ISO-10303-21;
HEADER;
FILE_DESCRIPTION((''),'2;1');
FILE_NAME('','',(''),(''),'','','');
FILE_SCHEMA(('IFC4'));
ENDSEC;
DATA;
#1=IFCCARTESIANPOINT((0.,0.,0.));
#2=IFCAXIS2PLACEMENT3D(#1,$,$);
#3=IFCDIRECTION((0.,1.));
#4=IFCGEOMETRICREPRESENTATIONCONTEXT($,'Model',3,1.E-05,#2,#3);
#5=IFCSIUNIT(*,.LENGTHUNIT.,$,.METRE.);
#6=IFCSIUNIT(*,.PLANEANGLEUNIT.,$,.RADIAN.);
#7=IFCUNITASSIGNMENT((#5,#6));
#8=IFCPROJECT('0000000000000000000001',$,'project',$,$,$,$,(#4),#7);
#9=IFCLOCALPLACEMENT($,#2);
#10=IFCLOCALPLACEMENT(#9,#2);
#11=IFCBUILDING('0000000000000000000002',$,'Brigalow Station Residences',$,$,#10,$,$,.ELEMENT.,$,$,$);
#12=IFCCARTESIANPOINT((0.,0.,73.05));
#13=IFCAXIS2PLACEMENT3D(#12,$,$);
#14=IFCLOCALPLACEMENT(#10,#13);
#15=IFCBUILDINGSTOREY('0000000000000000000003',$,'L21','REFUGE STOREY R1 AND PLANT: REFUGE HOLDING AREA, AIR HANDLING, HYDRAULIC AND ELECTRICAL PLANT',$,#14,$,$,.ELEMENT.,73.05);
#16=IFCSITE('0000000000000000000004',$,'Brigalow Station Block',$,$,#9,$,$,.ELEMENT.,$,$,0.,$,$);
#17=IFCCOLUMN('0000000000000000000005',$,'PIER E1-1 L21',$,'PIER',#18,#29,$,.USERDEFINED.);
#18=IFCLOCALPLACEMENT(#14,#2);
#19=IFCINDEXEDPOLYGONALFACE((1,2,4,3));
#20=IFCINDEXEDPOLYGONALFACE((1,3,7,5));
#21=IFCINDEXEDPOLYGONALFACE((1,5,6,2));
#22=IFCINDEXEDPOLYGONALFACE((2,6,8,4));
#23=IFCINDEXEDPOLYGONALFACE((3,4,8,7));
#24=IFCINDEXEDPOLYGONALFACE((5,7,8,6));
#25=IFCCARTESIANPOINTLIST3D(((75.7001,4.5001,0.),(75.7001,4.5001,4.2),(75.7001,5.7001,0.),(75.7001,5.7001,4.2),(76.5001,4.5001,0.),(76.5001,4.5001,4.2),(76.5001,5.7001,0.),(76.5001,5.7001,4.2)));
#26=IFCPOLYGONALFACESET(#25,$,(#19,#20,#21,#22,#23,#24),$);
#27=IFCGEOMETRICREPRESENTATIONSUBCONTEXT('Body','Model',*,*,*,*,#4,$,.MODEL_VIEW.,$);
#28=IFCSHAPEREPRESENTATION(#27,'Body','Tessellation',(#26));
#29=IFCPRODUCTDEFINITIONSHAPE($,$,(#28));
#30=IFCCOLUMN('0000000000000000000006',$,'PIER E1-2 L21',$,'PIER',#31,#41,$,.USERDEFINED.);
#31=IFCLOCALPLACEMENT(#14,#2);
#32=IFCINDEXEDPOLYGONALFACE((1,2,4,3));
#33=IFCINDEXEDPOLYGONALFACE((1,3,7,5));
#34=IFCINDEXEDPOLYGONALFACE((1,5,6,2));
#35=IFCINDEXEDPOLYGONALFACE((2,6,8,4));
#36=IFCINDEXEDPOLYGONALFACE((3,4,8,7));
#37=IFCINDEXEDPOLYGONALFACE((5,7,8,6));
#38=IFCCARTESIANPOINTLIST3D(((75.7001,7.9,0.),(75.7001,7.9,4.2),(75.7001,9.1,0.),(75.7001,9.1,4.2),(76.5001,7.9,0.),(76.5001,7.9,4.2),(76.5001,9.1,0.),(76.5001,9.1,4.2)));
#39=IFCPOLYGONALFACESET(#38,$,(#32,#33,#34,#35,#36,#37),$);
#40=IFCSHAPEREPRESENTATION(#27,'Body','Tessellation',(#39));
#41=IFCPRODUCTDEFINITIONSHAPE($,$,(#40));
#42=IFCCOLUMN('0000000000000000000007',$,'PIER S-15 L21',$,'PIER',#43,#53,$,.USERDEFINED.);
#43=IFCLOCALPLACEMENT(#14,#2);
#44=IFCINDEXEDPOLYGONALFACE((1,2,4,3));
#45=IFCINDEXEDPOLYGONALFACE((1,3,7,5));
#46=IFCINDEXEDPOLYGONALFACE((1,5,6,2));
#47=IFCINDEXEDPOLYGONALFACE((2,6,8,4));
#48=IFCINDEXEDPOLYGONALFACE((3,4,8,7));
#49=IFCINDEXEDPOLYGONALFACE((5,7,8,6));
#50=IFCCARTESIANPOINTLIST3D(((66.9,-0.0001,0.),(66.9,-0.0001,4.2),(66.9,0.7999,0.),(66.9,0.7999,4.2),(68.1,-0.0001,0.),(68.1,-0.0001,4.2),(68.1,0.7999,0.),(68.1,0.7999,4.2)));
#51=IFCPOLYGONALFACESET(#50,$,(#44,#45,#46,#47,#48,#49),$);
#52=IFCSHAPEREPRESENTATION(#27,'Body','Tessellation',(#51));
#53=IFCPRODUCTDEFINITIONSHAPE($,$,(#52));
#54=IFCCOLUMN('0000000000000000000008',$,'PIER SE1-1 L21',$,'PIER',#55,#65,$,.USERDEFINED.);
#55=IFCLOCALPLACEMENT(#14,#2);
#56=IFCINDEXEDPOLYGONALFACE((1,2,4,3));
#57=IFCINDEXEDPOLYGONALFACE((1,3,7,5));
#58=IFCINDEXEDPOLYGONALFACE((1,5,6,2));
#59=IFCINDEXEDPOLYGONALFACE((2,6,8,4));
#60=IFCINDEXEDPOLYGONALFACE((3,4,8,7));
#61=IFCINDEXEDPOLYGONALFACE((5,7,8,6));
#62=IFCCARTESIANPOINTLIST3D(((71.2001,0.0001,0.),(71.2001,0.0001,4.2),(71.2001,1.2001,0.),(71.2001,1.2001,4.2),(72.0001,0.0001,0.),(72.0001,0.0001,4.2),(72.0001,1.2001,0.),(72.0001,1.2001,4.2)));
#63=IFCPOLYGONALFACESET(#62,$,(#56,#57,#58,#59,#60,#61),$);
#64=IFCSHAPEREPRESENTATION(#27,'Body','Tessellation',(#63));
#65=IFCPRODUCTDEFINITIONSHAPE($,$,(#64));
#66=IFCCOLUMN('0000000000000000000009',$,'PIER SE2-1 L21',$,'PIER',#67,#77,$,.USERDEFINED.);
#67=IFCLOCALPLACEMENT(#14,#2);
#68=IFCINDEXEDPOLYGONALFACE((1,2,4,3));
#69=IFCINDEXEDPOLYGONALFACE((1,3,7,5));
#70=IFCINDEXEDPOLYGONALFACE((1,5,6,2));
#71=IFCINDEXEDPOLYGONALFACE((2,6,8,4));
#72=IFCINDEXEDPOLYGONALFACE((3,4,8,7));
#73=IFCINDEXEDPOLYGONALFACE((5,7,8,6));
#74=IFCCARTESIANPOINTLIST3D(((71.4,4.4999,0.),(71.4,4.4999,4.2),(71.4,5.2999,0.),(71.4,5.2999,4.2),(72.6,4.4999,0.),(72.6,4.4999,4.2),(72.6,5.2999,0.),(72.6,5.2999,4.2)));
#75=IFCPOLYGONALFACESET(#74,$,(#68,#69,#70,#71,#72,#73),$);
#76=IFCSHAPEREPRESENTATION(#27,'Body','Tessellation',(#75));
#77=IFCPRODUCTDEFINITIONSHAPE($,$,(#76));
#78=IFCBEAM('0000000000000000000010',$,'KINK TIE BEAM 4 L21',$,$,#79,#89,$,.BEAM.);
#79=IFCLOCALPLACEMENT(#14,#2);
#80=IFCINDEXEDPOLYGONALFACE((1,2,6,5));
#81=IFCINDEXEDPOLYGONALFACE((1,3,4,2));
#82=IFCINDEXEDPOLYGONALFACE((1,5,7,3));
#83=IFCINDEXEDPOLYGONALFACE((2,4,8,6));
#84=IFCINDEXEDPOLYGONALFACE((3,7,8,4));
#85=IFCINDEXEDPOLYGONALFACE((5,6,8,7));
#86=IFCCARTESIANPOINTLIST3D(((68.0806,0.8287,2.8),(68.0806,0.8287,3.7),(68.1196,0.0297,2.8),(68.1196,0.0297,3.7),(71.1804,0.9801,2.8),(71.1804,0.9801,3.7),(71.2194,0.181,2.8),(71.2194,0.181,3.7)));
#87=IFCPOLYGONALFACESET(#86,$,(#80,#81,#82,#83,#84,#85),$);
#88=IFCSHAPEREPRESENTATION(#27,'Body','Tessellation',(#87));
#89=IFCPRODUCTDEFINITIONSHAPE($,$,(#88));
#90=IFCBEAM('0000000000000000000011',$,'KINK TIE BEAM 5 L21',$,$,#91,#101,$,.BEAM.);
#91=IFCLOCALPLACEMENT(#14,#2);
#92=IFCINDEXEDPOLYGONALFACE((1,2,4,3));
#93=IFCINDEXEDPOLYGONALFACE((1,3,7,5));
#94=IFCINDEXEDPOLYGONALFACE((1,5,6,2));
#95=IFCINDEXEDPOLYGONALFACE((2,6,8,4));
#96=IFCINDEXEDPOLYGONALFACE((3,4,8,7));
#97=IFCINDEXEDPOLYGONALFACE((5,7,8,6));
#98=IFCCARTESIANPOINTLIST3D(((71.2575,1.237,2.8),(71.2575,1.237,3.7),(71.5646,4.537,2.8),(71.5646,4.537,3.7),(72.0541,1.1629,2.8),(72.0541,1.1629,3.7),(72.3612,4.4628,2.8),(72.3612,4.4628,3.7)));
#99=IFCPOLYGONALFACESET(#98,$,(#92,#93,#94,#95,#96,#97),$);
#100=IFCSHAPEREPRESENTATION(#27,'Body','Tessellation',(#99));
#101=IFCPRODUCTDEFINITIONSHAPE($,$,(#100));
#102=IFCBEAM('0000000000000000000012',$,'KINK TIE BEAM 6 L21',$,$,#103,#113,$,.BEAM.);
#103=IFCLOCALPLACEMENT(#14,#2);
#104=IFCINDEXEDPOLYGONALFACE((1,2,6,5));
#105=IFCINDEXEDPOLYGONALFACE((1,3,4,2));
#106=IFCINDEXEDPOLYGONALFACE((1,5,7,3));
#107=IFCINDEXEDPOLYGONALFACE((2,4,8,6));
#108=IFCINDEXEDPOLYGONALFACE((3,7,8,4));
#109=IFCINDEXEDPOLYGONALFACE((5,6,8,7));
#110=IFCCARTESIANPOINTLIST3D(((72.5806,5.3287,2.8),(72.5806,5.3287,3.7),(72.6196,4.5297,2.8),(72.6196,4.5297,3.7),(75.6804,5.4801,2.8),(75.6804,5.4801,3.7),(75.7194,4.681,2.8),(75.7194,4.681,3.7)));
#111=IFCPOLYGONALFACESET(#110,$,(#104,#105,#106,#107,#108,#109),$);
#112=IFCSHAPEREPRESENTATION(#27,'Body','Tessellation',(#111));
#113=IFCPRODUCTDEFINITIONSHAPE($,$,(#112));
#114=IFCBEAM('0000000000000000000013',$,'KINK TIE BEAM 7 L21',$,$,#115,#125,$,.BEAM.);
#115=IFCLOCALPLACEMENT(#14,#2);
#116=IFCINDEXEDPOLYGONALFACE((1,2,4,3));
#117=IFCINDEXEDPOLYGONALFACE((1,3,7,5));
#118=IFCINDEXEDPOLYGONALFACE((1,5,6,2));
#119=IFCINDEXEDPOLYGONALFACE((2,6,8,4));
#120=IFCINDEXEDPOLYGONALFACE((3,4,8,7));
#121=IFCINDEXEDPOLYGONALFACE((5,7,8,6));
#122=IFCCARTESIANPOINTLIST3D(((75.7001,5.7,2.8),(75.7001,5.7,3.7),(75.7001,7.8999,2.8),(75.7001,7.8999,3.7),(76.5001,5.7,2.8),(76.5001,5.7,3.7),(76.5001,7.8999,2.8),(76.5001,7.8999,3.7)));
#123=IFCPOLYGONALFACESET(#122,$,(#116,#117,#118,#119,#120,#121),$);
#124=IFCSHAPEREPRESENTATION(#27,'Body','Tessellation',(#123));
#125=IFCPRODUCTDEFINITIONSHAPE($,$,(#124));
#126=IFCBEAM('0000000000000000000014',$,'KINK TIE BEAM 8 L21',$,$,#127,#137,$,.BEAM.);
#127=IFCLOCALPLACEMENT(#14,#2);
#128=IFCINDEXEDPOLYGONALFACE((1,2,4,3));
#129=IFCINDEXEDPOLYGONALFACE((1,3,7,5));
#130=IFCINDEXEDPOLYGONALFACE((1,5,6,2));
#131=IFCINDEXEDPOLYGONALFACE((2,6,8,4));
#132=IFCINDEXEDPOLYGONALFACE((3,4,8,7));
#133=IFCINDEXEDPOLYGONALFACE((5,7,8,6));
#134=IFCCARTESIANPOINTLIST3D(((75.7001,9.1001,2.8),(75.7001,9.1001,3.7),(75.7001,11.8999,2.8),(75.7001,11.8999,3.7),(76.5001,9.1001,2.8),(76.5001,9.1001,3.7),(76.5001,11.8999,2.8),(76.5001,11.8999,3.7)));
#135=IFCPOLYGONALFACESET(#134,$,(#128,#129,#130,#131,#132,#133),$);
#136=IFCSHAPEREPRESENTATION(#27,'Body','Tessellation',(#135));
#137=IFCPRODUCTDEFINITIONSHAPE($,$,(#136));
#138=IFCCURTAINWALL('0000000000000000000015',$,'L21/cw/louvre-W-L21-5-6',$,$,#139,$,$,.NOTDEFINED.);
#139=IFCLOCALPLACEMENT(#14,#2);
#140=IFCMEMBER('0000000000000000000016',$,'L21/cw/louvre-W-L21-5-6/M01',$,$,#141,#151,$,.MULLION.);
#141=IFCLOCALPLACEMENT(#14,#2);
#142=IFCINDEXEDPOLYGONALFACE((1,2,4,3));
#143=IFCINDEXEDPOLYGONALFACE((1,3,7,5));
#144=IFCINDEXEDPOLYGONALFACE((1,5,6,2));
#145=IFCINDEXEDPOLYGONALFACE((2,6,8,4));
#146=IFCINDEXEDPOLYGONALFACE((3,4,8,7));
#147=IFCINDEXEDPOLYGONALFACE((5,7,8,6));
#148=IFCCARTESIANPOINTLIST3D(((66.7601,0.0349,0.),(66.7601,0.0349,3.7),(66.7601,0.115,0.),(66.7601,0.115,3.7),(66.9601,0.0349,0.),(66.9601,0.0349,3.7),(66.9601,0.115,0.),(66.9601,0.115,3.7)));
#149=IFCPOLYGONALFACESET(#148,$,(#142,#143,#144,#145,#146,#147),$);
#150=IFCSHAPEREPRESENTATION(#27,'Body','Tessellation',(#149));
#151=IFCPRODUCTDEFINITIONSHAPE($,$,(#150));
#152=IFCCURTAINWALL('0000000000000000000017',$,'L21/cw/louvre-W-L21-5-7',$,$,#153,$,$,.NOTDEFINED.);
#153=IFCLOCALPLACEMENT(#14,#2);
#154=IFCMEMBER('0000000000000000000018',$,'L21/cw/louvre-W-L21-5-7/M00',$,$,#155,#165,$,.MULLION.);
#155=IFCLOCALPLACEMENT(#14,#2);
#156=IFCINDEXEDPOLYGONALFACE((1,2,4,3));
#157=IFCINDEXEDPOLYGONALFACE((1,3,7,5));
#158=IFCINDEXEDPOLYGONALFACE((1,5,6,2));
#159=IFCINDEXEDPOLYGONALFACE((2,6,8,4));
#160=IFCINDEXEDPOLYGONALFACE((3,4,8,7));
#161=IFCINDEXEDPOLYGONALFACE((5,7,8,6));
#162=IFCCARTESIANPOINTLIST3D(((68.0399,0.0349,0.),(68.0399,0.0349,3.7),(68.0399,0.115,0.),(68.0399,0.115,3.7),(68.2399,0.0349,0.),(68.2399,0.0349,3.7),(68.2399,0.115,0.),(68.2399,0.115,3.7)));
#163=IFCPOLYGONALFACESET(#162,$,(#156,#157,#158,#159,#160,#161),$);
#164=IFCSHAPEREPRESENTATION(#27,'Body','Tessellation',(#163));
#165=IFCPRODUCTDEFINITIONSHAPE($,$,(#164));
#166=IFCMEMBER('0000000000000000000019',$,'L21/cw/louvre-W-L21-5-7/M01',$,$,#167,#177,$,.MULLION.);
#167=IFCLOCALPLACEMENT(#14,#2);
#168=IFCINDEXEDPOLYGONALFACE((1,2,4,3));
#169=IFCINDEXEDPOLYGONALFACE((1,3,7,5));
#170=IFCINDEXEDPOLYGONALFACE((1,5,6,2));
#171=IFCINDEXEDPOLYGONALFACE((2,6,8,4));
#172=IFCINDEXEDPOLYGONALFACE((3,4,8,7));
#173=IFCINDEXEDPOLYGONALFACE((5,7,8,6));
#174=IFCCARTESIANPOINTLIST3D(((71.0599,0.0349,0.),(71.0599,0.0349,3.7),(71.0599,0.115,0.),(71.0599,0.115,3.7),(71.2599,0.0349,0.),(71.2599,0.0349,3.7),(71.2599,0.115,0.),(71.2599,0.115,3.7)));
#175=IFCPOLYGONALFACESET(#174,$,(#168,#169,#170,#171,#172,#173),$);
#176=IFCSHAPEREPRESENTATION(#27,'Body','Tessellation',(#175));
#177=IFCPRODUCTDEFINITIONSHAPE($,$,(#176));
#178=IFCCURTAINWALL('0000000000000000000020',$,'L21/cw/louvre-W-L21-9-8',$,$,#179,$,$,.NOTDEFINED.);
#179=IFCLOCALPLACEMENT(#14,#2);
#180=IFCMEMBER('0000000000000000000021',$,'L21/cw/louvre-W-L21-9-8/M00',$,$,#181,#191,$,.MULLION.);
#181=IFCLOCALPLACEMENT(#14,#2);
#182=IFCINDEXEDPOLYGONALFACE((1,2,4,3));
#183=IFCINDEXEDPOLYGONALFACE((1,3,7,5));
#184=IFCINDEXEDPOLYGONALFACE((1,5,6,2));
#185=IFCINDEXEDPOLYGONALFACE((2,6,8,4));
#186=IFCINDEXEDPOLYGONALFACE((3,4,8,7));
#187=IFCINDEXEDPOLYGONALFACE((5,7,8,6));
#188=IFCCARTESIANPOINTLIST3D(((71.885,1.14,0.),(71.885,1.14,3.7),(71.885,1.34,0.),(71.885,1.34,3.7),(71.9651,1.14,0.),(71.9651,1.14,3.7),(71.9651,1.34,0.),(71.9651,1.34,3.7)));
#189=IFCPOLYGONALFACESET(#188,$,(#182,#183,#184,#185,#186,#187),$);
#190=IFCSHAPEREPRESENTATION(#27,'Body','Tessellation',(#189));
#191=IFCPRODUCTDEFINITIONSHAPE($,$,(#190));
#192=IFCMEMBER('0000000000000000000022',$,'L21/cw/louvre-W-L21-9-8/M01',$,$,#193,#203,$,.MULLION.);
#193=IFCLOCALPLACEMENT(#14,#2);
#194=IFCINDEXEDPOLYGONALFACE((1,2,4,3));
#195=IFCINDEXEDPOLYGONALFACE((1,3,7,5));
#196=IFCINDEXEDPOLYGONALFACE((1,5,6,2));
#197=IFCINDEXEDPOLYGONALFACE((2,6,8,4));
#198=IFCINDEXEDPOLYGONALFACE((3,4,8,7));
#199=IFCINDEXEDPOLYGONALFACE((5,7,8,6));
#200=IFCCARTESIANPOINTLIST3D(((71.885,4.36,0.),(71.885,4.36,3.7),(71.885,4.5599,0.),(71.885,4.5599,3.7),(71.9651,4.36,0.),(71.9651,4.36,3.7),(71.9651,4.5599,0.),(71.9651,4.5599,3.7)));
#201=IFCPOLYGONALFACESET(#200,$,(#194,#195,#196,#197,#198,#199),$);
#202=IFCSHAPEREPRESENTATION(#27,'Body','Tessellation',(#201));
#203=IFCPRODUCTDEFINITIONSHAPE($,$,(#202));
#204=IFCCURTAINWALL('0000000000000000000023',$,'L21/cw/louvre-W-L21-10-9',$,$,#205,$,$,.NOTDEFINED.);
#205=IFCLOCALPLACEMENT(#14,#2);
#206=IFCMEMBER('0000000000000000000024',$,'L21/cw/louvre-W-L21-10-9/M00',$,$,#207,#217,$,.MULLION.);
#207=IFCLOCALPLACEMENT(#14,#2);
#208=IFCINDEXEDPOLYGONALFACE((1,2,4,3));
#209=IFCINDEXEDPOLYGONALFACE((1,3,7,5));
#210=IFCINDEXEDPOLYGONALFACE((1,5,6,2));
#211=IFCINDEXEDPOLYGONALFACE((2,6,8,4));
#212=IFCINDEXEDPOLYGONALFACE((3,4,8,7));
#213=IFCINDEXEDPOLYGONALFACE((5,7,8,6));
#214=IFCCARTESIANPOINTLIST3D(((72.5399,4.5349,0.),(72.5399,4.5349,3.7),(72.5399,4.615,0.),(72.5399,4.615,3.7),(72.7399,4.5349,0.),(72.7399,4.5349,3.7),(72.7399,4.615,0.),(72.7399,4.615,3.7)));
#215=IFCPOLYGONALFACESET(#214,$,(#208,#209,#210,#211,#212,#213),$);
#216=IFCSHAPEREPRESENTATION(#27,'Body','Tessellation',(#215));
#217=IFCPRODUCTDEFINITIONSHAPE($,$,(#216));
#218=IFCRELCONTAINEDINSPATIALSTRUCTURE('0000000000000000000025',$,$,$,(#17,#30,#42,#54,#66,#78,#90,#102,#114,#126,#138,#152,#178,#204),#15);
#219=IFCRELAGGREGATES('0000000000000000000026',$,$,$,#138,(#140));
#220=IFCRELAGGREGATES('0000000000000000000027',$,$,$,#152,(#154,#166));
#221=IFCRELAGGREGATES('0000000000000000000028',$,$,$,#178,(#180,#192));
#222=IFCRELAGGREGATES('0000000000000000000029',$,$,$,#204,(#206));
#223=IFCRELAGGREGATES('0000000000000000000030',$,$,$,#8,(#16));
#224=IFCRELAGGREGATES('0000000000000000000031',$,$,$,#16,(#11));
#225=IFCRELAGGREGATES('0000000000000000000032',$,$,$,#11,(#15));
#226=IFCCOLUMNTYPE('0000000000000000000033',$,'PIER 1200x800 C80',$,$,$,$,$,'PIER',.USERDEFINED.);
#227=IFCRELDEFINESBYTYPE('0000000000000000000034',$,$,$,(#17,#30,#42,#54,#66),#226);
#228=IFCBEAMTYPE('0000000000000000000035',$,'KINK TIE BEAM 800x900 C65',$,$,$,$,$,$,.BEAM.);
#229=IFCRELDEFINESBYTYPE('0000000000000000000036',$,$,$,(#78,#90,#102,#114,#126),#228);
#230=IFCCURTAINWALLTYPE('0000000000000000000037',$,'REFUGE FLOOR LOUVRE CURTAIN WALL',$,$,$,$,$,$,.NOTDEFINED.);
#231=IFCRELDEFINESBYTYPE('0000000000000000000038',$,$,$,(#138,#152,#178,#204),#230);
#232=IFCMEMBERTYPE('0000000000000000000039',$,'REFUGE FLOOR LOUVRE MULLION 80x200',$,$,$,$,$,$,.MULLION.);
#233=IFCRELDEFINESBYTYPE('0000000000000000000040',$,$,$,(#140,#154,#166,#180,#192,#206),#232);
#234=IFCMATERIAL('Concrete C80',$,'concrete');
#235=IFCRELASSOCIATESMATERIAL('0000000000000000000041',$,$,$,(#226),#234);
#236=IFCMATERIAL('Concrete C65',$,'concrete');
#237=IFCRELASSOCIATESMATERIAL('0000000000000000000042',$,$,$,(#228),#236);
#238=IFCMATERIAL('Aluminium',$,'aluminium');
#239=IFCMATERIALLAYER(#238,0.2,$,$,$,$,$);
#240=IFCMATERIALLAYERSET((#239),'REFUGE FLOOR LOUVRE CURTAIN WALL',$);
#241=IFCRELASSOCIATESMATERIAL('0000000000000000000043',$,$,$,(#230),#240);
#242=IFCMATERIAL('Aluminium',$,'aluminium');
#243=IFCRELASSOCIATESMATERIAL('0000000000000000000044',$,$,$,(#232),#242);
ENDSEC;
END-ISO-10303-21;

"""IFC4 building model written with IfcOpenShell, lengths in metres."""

from ifc_helpers import new_model, si_unit, direction, frame, origin, origin_2d, place, context, subcontext, project, spatial, rectangle, extrude, material, layer, layer_set, material_profile, profile_set, type_object, element, aggregate, save


model = new_model("IFC4")

# Units and contexts
model_context = context("Model", 3, precision=1e-05, world=origin(), true_north=direction((0.0, 1.0)))
body_context = subcontext(model_context, "Body", "Model", "MODEL_VIEW")
ifc_project = project(units=[si_unit("LENGTHUNIT", "METRE"), si_unit("PLANEANGLEUNIT", "RADIAN")], contexts=[model_context])

# Site, building, storey
site_placement = place(None, origin())
site = spatial("IfcSite", under=ifc_project, at=site_placement, Name="Brigalow Station Block", CompositionType="ELEMENT", RefElevation=0.0)
building_placement = place(site_placement, origin())
building = spatial("IfcBuilding", under=site, at=building_placement, Name="Brigalow Station Residences", CompositionType="ELEMENT")
storey_placement = place(building_placement, frame((0.0, 0.0, 73.05)))
storey = spatial("IfcBuildingStorey", under=building, at=storey_placement, Name="L21", Description="REFUGE STOREY R1 AND PLANT: REFUGE HOLDING AREA, AIR HANDLING, HYDRAULIC AND ELECTRICAL PLANT", CompositionType="ELEMENT", Elevation=73.05)

# Columns
ifc_material_1 = material(Name="Concrete C80", Category="concrete")
ifc_material_profile_1 = material_profile(ifc_material_1, rectangle(XDim=1.2, YDim=0.8, at=origin_2d()), Name="RC1200x800")
ifc_profile_set_1 = profile_set([ifc_material_profile_1], Name="Concrete C80")
column_type = type_object("IfcColumnType", Name="PIER 1200x800 C80", ElementType="PIER", PredefinedType="USERDEFINED", material=ifc_profile_set_1)
for number, where, z_axis, x_axis, name in (
    (1, (76.1001, 5.1001, 0.0), (0.0, 0.0, 1.0), (0.0, 1.0, 0.0), "PIER E1-1 L21"),
    (2, (76.1001, 8.5, 0.0), (0.0, 0.0, 1.0), (0.0, 1.0, 0.0), "PIER E1-2 L21"),
    (3, (67.5, 0.3999, 0.0), (0.0, 0.0, 1.0), (1.0, 0.0, 0.0), "PIER S-15 L21"),
    (4, (71.6001, 0.6001, 0.0), (0.0, 0.0, 1.0), (0.0, 1.0, 0.0), "PIER SE1-1 L21"),
    (5, (72.0, 4.8999, 0.0), (0.0, 0.0, 1.0), (1.0, 0.0, 0.0), "PIER SE2-1 L21"),
):
    element("IfcColumn", number, at=place(storey_placement, frame(where, z_axis=z_axis, x_axis=x_axis)), inside=storey, type_object=column_type, Name=name, ObjectType="PIER", PredefinedType="USERDEFINED", context=body_context, shape_type="SweptSolid", body=[
        extrude(rectangle(XDim=1.2, YDim=0.8, at=origin_2d()), origin(), (0.0, 0.0, 1.0), 4.2),
    ])

# Beams
ifc_material_2 = material(Name="Concrete C65", Category="concrete")
ifc_material_profile_2 = material_profile(ifc_material_2, rectangle(XDim=0.8, YDim=0.8999, at=origin_2d()), Name="RC800x900")
ifc_profile_set_2 = profile_set([ifc_material_profile_2], Name="Concrete C65")
beam_type = type_object("IfcBeamType", Name="KINK TIE BEAM 800x900 C65", PredefinedType="BEAM", material=ifc_profile_set_2)
beam_1_placement = place(storey_placement, frame((68.1001, 0.4292, 3.25), z_axis=(0.99881, 0.048772, 0.0), x_axis=(-0.048772, 0.99881, 0.0)))
element("IfcBeam", 6, at=beam_1_placement, inside=storey, type_object=beam_type, Name="KINK TIE BEAM 4 L21", PredefinedType="BEAM", context=body_context, shape_type="SweptSolid", body=[
    extrude(rectangle(XDim=0.8, YDim=0.8999, at=origin_2d()), origin(), (0.0, 0.0, 1.0), 3.1035),
])
beam_2_placement = place(storey_placement, frame((71.6558, 1.2, 3.25), z_axis=(0.092668, 0.995697, 0.0), x_axis=(-0.995697, 0.092668, 0.0)))
element("IfcBeam", 7, at=beam_2_placement, inside=storey, type_object=beam_type, Name="KINK TIE BEAM 5 L21", PredefinedType="BEAM", context=body_context, shape_type="SweptSolid", body=[
    extrude(rectangle(XDim=0.8, YDim=0.8999, at=origin_2d()), origin(), (0.0, 0.0, 1.0), 3.3142),
])
beam_3_placement = place(storey_placement, frame((72.6001, 4.9292, 3.25), z_axis=(0.99881, 0.048772, 0.0), x_axis=(-0.048772, 0.99881, 0.0)))
element("IfcBeam", 8, at=beam_3_placement, inside=storey, type_object=beam_type, Name="KINK TIE BEAM 6 L21", PredefinedType="BEAM", context=body_context, shape_type="SweptSolid", body=[
    extrude(rectangle(XDim=0.8, YDim=0.8999, at=origin_2d()), origin(), (0.0, 0.0, 1.0), 3.1035),
])
beam_4_placement = place(storey_placement, frame((76.1001, 5.7, 3.25), z_axis=(0.0, 1.0, 0.0), x_axis=(-1.0, 0.0, 0.0)))
element("IfcBeam", 9, at=beam_4_placement, inside=storey, type_object=beam_type, Name="KINK TIE BEAM 7 L21", PredefinedType="BEAM", context=body_context, shape_type="SweptSolid", body=[
    extrude(rectangle(XDim=0.8, YDim=0.8999, at=origin_2d()), origin(), (0.0, 0.0, 1.0), 2.2),
])
beam_5_placement = place(storey_placement, frame((76.1001, 9.1001, 3.25), z_axis=(0.0, 1.0, 0.0), x_axis=(-1.0, 0.0, 0.0)))
element("IfcBeam", 10, at=beam_5_placement, inside=storey, type_object=beam_type, Name="KINK TIE BEAM 8 L21", PredefinedType="BEAM", context=body_context, shape_type="SweptSolid", body=[
    extrude(rectangle(XDim=0.8, YDim=0.8999, at=origin_2d()), origin(), (0.0, 0.0, 1.0), 2.7998),
])

# Curtain wall, member
ifc_material_3 = material(Name="Aluminium", Category="aluminium")
ifc_layer_1 = layer(ifc_material_3, 0.2)
ifc_layer_set_1 = layer_set([ifc_layer_1], Name="REFUGE FLOOR LOUVRE CURTAIN WALL")
curtain_wall_type = type_object("IfcCurtainWallType", Name="REFUGE FLOOR LOUVRE CURTAIN WALL", PredefinedType="NOTDEFINED", material=ifc_layer_set_1)
curtain_wall_1_placement = place(storey_placement, origin())
curtain_wall_1 = element("IfcCurtainWall", 11, at=curtain_wall_1_placement, inside=storey, type_object=curtain_wall_type, Name="L21/cw/louvre-W-L21-5-6", PredefinedType="NOTDEFINED")
ifc_material_4 = material(Name="Aluminium", Category="aluminium")
ifc_material_profile_3 = material_profile(ifc_material_4, rectangle(XDim=0.0801, YDim=0.2, at=origin_2d()), Name="REFUGE FLOOR LOUVRE MULLION 80x200")
ifc_profile_set_3 = profile_set([ifc_material_profile_3], Name="Aluminium")
member_type_1 = type_object("IfcMemberType", Name="REFUGE FLOOR LOUVRE MULLION 80x200", PredefinedType="MULLION", material=ifc_profile_set_3)
member_1_placement = place(storey_placement, frame((66.8601, 0.075, 0.0), z_axis=(0.0, 0.0, 1.0), x_axis=(0.0, 1.0, 0.0)))
member_1 = element("IfcMember", 12, at=member_1_placement, type_object=member_type_1, Name="L21/cw/louvre-W-L21-5-6/M01", PredefinedType="MULLION", context=body_context, shape_type="SweptSolid", body=[
    extrude(rectangle(XDim=0.0801, YDim=0.2, at=origin_2d()), origin(), (0.0, 0.0, 1.0), 3.7),
])

# Curtain walls, members
curtain_wall_2_placement = place(storey_placement, origin())
curtain_wall_2 = element("IfcCurtainWall", 13, at=curtain_wall_2_placement, inside=storey, type_object=curtain_wall_type, Name="L21/cw/louvre-W-L21-5-7", PredefinedType="NOTDEFINED")
member_2_placement = place(storey_placement, frame((68.1399, 0.075, 0.0), z_axis=(0.0, 0.0, 1.0), x_axis=(0.0, 1.0, 0.0)))
member_2 = element("IfcMember", 14, at=member_2_placement, type_object=member_type_1, Name="L21/cw/louvre-W-L21-5-7/M00", PredefinedType="MULLION", context=body_context, shape_type="SweptSolid", body=[
    extrude(rectangle(XDim=0.0801, YDim=0.2, at=origin_2d()), origin(), (0.0, 0.0, 1.0), 3.7),
])
member_3_placement = place(storey_placement, frame((71.1599, 0.075, 0.0), z_axis=(0.0, 0.0, 1.0), x_axis=(0.0, 1.0, 0.0)))
member_3 = element("IfcMember", 15, at=member_3_placement, type_object=member_type_1, Name="L21/cw/louvre-W-L21-5-7/M01", PredefinedType="MULLION", context=body_context, shape_type="SweptSolid", body=[
    extrude(rectangle(XDim=0.0801, YDim=0.2, at=origin_2d()), origin(), (0.0, 0.0, 1.0), 3.7),
])
curtain_wall_3_placement = place(storey_placement, origin())
curtain_wall_3 = element("IfcCurtainWall", 16, at=curtain_wall_3_placement, inside=storey, type_object=curtain_wall_type, Name="L21/cw/louvre-W-L21-9-8", PredefinedType="NOTDEFINED")
member_4_placement = place(storey_placement, frame((71.925, 1.24, 0.0), z_axis=(0.0, 0.0, 1.0), x_axis=(-1.0, 0.0, 0.0)))
member_4 = element("IfcMember", 17, at=member_4_placement, type_object=member_type_1, Name="L21/cw/louvre-W-L21-9-8/M00", PredefinedType="MULLION", context=body_context, shape_type="SweptSolid", body=[
    extrude(rectangle(XDim=0.0801, YDim=0.2, at=origin_2d()), origin(), (0.0, 0.0, 1.0), 3.7),
])
member_5_placement = place(storey_placement, frame((71.925, 4.46, 0.0), z_axis=(0.0, 0.0, 1.0), x_axis=(-1.0, 0.0, 0.0)))
member_5 = element("IfcMember", 18, at=member_5_placement, type_object=member_type_1, Name="L21/cw/louvre-W-L21-9-8/M01", PredefinedType="MULLION", context=body_context, shape_type="SweptSolid", body=[
    extrude(rectangle(XDim=0.0801, YDim=0.2, at=origin_2d()), origin(), (0.0, 0.0, 1.0), 3.7),
])
curtain_wall_4_placement = place(storey_placement, origin())
curtain_wall_4 = element("IfcCurtainWall", 19, at=curtain_wall_4_placement, inside=storey, type_object=curtain_wall_type, Name="L21/cw/louvre-W-L21-10-9", PredefinedType="NOTDEFINED")
member_6_placement = place(storey_placement, frame((72.6399, 4.575, 0.0), z_axis=(0.0, 0.0, 1.0), x_axis=(0.0, 1.0, 0.0)))
member_6 = element("IfcMember", 20, at=member_6_placement, type_object=member_type_1, Name="L21/cw/louvre-W-L21-10-9/M00", PredefinedType="MULLION", context=body_context, shape_type="SweptSolid", body=[
    extrude(rectangle(XDim=0.0801, YDim=0.2, at=origin_2d()), origin(), (0.0, 0.0, 1.0), 3.7),
])

aggregate(curtain_wall_1, [member_1])
aggregate(curtain_wall_2, [member_2, member_3])
aggregate(curtain_wall_3, [member_4, member_5])
aggregate(curtain_wall_4, [member_6])

save(model, "model.ifc")
